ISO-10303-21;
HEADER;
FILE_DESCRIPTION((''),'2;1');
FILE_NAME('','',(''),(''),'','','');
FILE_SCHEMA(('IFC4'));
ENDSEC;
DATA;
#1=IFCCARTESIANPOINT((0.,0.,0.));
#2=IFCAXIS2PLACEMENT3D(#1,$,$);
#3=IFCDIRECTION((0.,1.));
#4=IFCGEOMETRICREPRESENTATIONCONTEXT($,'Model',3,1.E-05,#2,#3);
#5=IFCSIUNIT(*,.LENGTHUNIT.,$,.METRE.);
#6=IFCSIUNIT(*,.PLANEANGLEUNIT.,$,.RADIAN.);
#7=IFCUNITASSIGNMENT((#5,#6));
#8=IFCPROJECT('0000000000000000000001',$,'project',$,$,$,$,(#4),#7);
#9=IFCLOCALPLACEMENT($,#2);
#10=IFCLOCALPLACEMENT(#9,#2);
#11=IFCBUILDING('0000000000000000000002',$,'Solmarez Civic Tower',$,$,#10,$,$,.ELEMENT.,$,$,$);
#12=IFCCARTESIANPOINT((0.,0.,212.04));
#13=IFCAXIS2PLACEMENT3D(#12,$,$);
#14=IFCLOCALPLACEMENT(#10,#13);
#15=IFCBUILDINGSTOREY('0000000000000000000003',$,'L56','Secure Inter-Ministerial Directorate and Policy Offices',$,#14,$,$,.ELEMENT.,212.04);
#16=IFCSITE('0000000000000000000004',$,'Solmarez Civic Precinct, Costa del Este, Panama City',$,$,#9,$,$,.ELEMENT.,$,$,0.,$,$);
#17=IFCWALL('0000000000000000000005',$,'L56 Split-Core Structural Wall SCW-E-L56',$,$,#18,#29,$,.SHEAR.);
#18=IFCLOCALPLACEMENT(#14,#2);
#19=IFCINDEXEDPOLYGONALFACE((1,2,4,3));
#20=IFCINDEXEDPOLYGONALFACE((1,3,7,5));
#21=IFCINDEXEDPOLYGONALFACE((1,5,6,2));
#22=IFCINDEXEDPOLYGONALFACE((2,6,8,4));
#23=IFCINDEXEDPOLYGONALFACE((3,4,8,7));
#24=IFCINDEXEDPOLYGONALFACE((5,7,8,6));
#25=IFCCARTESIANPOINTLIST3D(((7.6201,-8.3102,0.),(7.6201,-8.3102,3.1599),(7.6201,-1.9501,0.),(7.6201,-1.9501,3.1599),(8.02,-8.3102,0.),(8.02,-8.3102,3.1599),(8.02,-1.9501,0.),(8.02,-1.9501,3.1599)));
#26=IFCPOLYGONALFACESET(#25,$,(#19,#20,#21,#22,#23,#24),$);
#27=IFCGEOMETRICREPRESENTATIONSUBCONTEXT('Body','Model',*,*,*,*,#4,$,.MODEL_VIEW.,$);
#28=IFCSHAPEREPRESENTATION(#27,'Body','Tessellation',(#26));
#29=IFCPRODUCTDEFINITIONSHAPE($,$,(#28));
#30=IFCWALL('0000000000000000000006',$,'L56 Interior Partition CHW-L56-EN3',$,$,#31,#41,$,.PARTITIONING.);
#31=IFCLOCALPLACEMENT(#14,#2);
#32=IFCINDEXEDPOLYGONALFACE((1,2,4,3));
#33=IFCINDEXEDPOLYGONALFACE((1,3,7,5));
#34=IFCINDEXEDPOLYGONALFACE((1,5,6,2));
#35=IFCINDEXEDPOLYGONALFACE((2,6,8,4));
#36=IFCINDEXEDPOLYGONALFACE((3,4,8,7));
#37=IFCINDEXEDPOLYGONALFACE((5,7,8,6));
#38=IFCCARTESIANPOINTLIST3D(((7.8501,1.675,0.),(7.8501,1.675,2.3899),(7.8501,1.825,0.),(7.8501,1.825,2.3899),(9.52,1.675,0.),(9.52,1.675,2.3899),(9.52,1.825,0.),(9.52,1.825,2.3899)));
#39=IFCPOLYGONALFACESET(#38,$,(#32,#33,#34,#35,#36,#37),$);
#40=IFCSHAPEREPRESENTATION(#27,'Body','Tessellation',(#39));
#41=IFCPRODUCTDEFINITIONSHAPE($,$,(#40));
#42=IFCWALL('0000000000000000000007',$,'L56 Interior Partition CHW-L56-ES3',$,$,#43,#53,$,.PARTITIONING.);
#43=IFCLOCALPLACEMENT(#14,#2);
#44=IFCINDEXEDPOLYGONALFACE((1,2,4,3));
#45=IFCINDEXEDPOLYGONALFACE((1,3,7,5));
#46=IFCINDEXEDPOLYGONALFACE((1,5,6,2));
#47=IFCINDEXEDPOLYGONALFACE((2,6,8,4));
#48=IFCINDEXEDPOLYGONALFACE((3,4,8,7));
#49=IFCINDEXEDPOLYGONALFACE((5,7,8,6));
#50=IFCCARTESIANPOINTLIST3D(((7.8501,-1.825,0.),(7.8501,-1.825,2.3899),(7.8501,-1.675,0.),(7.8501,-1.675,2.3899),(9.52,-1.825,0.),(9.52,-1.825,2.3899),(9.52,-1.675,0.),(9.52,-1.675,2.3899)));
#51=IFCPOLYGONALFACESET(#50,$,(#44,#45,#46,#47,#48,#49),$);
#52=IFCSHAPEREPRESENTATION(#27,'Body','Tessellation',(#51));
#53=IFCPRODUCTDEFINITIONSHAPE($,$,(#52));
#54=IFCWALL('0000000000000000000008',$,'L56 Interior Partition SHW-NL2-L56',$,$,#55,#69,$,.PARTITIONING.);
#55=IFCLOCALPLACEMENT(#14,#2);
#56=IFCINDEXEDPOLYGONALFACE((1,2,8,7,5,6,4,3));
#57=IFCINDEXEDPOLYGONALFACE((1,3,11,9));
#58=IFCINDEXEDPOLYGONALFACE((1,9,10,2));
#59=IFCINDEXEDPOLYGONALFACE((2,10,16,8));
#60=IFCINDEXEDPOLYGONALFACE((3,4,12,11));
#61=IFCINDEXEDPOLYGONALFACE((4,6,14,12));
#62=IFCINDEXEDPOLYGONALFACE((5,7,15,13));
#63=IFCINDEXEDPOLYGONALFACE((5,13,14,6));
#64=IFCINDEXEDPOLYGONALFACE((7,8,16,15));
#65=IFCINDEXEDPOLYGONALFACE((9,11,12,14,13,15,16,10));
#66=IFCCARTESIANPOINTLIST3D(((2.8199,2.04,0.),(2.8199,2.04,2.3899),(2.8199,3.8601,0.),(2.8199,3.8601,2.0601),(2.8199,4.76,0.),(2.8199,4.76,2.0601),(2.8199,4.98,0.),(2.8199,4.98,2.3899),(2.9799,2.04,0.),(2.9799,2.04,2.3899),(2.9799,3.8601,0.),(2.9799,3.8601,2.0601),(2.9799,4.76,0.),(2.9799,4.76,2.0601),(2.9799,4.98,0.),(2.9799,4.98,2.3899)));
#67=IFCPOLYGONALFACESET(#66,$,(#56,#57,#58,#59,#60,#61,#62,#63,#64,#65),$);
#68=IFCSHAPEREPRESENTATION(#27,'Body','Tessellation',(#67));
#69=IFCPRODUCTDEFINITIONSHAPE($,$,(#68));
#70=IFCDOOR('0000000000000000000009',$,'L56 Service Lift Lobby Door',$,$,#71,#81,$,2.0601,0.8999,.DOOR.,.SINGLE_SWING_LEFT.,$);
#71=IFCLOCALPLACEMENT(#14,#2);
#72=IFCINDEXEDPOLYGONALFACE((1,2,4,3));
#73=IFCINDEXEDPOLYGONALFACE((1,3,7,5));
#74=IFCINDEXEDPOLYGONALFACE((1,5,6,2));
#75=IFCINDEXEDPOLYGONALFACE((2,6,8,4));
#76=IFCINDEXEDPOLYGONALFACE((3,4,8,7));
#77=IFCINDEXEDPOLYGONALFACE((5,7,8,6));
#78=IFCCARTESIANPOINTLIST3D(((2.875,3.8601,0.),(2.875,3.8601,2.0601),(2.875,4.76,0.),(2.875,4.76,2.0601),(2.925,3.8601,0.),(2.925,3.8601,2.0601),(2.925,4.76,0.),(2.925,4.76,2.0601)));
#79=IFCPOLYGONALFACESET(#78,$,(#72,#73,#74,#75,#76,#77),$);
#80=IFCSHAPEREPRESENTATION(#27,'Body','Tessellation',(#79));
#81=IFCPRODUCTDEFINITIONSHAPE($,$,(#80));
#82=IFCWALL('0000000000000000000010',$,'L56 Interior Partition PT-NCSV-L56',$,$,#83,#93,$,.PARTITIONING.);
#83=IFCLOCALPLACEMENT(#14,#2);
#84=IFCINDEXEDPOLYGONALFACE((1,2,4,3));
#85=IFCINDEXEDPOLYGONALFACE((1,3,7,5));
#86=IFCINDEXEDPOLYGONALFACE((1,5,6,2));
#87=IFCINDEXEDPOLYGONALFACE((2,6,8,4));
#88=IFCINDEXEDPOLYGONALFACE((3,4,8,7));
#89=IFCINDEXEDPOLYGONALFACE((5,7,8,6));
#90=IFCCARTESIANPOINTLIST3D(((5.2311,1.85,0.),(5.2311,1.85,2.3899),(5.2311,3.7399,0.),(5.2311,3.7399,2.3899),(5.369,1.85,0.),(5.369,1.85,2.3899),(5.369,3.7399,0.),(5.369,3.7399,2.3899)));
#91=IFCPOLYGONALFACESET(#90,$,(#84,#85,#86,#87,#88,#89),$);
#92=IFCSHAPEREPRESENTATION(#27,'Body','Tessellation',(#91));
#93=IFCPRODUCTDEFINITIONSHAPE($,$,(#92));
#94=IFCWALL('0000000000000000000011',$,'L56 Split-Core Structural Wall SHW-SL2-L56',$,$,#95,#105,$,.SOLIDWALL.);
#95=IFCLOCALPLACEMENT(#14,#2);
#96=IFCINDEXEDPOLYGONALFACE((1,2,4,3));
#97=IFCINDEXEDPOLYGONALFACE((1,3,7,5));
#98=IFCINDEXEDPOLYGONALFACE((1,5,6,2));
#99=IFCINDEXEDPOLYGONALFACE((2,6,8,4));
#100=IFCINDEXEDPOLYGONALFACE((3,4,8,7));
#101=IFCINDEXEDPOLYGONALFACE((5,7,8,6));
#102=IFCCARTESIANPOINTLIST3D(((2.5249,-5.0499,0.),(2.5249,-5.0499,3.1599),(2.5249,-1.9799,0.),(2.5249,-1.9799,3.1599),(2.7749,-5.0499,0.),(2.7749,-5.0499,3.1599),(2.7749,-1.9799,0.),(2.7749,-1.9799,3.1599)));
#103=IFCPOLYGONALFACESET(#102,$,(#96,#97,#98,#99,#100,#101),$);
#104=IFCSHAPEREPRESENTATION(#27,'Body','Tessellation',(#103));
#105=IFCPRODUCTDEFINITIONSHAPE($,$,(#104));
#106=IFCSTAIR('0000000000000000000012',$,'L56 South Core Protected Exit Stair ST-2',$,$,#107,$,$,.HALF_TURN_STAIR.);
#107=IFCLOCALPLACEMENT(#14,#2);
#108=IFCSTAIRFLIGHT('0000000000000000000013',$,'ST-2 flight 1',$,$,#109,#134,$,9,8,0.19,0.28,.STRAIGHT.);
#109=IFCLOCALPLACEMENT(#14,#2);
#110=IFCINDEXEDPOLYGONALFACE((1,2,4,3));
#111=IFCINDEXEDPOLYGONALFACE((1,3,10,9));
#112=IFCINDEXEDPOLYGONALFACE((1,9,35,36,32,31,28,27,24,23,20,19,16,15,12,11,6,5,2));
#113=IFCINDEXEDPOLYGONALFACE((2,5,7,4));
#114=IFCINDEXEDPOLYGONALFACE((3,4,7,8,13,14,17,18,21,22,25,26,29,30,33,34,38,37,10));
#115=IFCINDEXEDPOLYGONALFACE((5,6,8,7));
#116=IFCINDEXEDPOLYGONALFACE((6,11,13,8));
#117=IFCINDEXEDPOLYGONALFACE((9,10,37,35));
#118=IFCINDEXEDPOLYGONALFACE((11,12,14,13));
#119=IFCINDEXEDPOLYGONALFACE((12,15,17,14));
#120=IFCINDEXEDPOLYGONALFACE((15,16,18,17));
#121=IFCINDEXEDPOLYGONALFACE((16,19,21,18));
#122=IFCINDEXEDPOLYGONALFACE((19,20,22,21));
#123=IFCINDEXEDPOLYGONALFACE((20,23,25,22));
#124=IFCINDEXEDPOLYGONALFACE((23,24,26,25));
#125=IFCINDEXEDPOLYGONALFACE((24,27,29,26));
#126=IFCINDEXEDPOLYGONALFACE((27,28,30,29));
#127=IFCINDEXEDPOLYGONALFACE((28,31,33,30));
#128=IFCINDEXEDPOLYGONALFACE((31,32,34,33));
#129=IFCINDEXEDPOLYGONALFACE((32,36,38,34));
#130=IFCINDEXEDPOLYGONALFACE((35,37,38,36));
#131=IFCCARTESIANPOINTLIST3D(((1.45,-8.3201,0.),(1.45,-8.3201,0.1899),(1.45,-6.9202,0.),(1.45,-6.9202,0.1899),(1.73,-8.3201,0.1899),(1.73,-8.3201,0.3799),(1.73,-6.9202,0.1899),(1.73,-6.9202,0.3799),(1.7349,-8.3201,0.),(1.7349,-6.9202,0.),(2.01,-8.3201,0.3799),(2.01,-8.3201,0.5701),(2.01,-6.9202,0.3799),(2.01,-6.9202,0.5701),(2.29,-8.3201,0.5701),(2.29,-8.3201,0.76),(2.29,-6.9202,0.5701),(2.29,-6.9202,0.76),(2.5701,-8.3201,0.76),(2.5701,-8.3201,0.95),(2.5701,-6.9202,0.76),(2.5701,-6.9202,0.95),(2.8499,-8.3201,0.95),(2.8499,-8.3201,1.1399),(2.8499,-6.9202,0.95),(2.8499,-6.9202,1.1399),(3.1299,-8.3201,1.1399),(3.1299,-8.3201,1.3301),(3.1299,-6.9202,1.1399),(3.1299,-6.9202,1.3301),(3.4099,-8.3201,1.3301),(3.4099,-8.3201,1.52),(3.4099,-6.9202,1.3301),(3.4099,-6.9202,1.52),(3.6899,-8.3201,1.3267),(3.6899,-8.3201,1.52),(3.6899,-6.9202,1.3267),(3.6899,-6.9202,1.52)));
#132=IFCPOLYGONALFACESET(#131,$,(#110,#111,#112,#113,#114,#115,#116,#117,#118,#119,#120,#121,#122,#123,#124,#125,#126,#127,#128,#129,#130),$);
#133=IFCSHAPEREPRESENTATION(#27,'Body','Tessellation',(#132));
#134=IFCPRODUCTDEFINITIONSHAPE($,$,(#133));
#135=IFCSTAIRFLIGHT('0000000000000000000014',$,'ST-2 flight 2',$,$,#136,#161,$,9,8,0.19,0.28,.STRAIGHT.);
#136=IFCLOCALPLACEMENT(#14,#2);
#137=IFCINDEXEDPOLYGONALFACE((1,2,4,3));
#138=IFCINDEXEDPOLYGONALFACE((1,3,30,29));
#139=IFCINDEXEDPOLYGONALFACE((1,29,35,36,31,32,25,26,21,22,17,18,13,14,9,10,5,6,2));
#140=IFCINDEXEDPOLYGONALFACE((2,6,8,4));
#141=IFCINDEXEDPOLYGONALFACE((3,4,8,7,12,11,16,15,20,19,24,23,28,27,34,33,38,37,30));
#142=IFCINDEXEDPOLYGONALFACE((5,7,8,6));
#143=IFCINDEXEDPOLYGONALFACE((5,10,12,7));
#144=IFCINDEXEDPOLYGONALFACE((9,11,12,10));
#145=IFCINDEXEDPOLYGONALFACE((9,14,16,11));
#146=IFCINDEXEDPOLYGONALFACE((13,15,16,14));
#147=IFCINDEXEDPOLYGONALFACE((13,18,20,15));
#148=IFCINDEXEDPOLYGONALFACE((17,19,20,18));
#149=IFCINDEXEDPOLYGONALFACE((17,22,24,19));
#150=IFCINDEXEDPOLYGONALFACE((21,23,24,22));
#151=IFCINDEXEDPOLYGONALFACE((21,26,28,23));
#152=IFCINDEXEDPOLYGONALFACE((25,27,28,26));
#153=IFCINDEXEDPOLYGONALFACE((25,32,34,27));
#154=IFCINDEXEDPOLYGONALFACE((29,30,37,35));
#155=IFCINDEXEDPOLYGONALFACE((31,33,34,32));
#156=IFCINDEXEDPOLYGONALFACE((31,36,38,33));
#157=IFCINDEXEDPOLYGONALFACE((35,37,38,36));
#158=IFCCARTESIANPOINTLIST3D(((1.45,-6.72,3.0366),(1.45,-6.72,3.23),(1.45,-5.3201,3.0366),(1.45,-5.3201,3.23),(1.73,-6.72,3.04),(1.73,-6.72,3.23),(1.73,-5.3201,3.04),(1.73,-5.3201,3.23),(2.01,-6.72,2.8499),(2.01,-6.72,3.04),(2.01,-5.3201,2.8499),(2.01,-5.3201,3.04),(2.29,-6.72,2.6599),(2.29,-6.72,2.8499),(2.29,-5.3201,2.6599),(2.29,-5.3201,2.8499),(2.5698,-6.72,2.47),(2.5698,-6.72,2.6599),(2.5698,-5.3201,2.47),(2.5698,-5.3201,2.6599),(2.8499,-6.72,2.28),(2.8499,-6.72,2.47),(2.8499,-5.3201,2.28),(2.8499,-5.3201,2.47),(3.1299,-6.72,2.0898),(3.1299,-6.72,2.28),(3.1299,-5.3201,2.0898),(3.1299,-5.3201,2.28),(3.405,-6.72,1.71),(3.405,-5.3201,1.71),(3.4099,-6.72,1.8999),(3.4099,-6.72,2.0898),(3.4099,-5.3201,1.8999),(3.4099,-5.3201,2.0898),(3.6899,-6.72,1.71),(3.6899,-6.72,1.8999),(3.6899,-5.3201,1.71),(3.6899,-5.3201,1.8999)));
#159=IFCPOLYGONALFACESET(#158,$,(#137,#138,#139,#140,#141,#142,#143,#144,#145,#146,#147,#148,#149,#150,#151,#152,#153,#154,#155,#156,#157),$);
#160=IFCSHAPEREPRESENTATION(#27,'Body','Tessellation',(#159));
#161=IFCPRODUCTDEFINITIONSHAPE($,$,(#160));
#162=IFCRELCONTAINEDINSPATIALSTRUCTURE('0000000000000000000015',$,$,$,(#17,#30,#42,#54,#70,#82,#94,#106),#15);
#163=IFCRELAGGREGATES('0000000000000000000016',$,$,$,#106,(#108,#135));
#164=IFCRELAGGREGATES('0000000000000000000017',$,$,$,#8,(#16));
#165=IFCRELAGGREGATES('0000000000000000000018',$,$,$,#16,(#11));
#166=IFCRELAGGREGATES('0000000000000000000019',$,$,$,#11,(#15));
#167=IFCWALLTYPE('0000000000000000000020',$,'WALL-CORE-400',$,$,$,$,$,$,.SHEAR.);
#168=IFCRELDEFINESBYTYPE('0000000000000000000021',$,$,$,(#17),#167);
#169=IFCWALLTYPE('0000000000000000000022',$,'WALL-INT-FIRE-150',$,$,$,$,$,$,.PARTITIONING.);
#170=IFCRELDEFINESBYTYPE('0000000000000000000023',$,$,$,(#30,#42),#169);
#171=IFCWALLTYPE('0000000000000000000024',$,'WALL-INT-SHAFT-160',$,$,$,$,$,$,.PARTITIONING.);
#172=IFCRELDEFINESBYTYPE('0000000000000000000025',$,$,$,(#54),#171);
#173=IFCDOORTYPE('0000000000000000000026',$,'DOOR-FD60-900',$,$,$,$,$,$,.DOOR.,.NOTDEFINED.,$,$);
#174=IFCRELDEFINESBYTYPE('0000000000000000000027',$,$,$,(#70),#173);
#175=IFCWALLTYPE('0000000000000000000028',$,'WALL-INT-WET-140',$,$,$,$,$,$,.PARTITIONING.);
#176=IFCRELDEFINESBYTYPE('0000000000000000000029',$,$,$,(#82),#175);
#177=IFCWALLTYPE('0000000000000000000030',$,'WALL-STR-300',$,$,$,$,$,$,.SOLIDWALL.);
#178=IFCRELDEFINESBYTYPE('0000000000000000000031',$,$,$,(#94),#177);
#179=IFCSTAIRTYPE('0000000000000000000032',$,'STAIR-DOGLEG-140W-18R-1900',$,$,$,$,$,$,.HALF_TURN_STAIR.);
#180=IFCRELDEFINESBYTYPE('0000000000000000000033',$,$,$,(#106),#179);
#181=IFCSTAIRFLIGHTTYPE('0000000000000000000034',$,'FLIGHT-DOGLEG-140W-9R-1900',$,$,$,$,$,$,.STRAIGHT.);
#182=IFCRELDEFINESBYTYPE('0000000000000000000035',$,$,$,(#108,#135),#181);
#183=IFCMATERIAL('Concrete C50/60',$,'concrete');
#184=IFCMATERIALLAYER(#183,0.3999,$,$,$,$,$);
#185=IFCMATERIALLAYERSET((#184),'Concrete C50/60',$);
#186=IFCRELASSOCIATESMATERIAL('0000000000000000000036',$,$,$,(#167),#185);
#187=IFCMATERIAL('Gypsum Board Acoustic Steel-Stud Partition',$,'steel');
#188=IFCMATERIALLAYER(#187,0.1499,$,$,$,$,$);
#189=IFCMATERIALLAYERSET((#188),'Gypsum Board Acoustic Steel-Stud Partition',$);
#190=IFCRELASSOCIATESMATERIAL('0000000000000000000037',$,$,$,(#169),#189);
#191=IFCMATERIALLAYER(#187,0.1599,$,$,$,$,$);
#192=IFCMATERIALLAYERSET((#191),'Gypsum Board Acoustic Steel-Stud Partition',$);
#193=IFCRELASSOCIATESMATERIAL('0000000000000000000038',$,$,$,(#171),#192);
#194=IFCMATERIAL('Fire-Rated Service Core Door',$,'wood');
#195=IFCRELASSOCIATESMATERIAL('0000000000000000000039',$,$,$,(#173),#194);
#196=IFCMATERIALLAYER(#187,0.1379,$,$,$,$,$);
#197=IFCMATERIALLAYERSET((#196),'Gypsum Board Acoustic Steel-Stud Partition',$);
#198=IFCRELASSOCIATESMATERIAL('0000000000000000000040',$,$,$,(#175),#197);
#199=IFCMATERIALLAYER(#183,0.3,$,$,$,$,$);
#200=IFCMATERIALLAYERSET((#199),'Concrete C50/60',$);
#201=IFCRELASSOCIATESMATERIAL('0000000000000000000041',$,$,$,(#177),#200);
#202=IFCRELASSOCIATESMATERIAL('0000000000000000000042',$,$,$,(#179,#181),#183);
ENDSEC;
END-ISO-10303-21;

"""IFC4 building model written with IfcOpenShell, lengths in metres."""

from ifc_helpers import new_model, si_unit, direction, frame, frame_2d, origin, place, context, subcontext, project, spatial, polyline, rectangle, outline, extrude, material, layer, layer_set, type_object, element, fill, aggregate, save


model = new_model("IFC4")

# Units and contexts
model_context = context("Model", 3, precision=1e-05, world=origin(), true_north=direction((0.0, 1.0)))
body_context = subcontext(model_context, "Body", "Model", "MODEL_VIEW")
ifc_project = project(units=[si_unit("LENGTHUNIT", "METRE"), si_unit("PLANEANGLEUNIT", "RADIAN")], contexts=[model_context])

# Site, building, storey
site_placement = place(None, origin())
site = spatial("IfcSite", under=ifc_project, at=site_placement, Name="Solmarez Civic Precinct, Costa del Este, Panama City", CompositionType="ELEMENT", RefElevation=0.0)
building_placement = place(site_placement, origin())
building = spatial("IfcBuilding", under=site, at=building_placement, Name="Solmarez Civic Tower", CompositionType="ELEMENT")
storey_placement = place(building_placement, frame((0.0, 0.0, 212.04)))
storey = spatial("IfcBuildingStorey", under=building, at=storey_placement, Name="L56", Description="Secure Inter-Ministerial Directorate and Policy Offices", CompositionType="ELEMENT", Elevation=212.04)

# Walls
ifc_material_1 = material(Name="Concrete C50/60", Category="concrete")
ifc_layer_1 = layer(ifc_material_1, 0.3999)
ifc_layer_set_1 = layer_set([ifc_layer_1], Name="Concrete C50/60")
wall_type_1 = type_object("IfcWallType", Name="WALL-CORE-400", PredefinedType="SHEAR", material=ifc_layer_set_1)
wall_1_placement = place(storey_placement, frame((7.8201, -1.95, 0.0), z_axis=(0.0, 0.0, 1.0), x_axis=(0.0, -1.0, 0.0)))
element("IfcWall", 1, at=wall_1_placement, inside=storey, type_object=wall_type_1, Name="L56 Split-Core Structural Wall SCW-E-L56", PredefinedType="SHEAR", context=body_context, shape_type="SweptSolid", body=[
    extrude(rectangle(XDim=6.3601, YDim=0.3999, at=frame_2d((3.1802, 0.0))), origin(), (0.0, 0.0, 1.0), 3.1599),
])
ifc_material_2 = material(Name="Gypsum Board Acoustic Steel-Stud Partition", Category="steel")
ifc_layer_2 = layer(ifc_material_2, 0.1499)
ifc_layer_set_2 = layer_set([ifc_layer_2], Name="Gypsum Board Acoustic Steel-Stud Partition")
wall_type_2 = type_object("IfcWallType", Name="WALL-INT-FIRE-150", PredefinedType="PARTITIONING", material=ifc_layer_set_2)
for number, where, z_axis, x_axis, name in (
    (2, (7.8501, 1.75, 0.0), (0.0, 0.0, 1.0), (1.0, 0.0, 0.0), "L56 Interior Partition CHW-L56-EN3"),
    (3, (7.8501, -1.75, 0.0), (0.0, 0.0, 1.0), (1.0, 0.0, 0.0), "L56 Interior Partition CHW-L56-ES3"),
):
    element("IfcWall", number, at=place(storey_placement, frame(where, z_axis=z_axis, x_axis=x_axis)), inside=storey, type_object=wall_type_2, Name=name, PredefinedType="PARTITIONING", context=body_context, shape_type="SweptSolid", body=[
        extrude(rectangle(XDim=1.6699, YDim=0.1499, at=frame_2d((0.835, 0.0))), origin(), (0.0, 0.0, 1.0), 2.3899),
    ])

# Wall, opening, door
ifc_layer_3 = layer(ifc_material_2, 0.1599)
ifc_layer_set_3 = layer_set([ifc_layer_3], Name="Gypsum Board Acoustic Steel-Stud Partition")
wall_type_3 = type_object("IfcWallType", Name="WALL-INT-SHAFT-160", PredefinedType="PARTITIONING", material=ifc_layer_set_3)
wall_2_placement = place(storey_placement, frame((2.8999, 2.04, 0.0), z_axis=(0.0, 0.0, 1.0), x_axis=(0.0, 1.0, 0.0)))
wall_2 = element("IfcWall", 4, at=wall_2_placement, inside=storey, type_object=wall_type_3, Name="L56 Interior Partition SHW-NL2-L56", PredefinedType="PARTITIONING", context=body_context, shape_type="SweptSolid", body=[
    extrude(rectangle(XDim=2.9399, YDim=0.1599, at=frame_2d((1.47, 0.0))), origin(), (0.0, 0.0, 1.0), 2.3899),
])
opening_placement = place(wall_2_placement, frame((1.8201, 0.0, 0.0)))
opening = element("IfcOpeningElement", 5, at=opening_placement, cuts=wall_2, PredefinedType="OPENING", context=body_context, shape_type="SweptSolid", body=[
    extrude(rectangle(XDim=0.8999, YDim=2.0601, at=frame_2d((0.45, 1.03))), frame((0.0, 0.0898, 0.0), z_axis=(0.0, -1.0, 0.0), x_axis=(1.0, 0.0, 0.0)), (0.0, 0.0, 1.0), 0.1799),
])
ifc_material_3 = material(Name="Fire-Rated Service Core Door", Category="wood")
door_type = type_object("IfcDoorType", Name="DOOR-FD60-900", OperationType="NOTDEFINED", PredefinedType="DOOR", material=ifc_material_3)
door_placement = place(opening_placement, origin())
door = element("IfcDoor", 6, at=door_placement, inside=storey, type_object=door_type, Name="L56 Service Lift Lobby Door", OperationType="SINGLE_SWING_LEFT", OverallHeight=2.0601, OverallWidth=0.8999, PredefinedType="DOOR", context=body_context, shape_type="SweptSolid", body=[
    extrude(rectangle(XDim=0.8999, YDim=2.0601, at=frame_2d((0.45, 1.03))), frame((0.0, 0.0249, 0.0), z_axis=(0.0, -1.0, 0.0), x_axis=(1.0, 0.0, 0.0)), (0.0, 0.0, 1.0), 0.05),
])
fill(opening, door)

# Walls
ifc_layer_4 = layer(ifc_material_2, 0.1379)
ifc_layer_set_4 = layer_set([ifc_layer_4], Name="Gypsum Board Acoustic Steel-Stud Partition")
wall_type_4 = type_object("IfcWallType", Name="WALL-INT-WET-140", PredefinedType="PARTITIONING", material=ifc_layer_set_4)
wall_3_placement = place(storey_placement, frame((5.3, 1.8501, 0.0), z_axis=(0.0, 0.0, 1.0), x_axis=(0.0, 1.0, 0.0)))
element("IfcWall", 7, at=wall_3_placement, inside=storey, type_object=wall_type_4, Name="L56 Interior Partition PT-NCSV-L56", PredefinedType="PARTITIONING", context=body_context, shape_type="SweptSolid", body=[
    extrude(rectangle(XDim=1.8899, YDim=0.1379, at=frame_2d((0.9448, 0.0))), origin(), (0.0, 0.0, 1.0), 2.3899),
])
ifc_layer_5 = layer(ifc_material_1, 0.3)
ifc_layer_set_5 = layer_set([ifc_layer_5], Name="Concrete C50/60")
wall_type_5 = type_object("IfcWallType", Name="WALL-STR-300", PredefinedType="SOLIDWALL", material=ifc_layer_set_5)
wall_4_placement = place(storey_placement, frame((2.6499, -5.05, 0.0), z_axis=(0.0, 0.0, 1.0), x_axis=(0.0, 1.0, 0.0)))
element("IfcWall", 8, at=wall_4_placement, inside=storey, type_object=wall_type_5, Name="L56 Split-Core Structural Wall SHW-SL2-L56", PredefinedType="SOLIDWALL", context=body_context, shape_type="SweptSolid", body=[
    extrude(rectangle(XDim=3.0701, YDim=0.25, at=frame_2d((1.5352, 0.0))), origin(), (0.0, 0.0, 1.0), 3.1599),
])

# Stair, stair flights
stair_type = type_object("IfcStairType", Name="STAIR-DOGLEG-140W-18R-1900", PredefinedType="HALF_TURN_STAIR", material=ifc_material_1)
stair_placement = place(storey_placement, origin())
stair = element("IfcStair", 9, at=stair_placement, inside=storey, type_object=stair_type, Name="L56 South Core Protected Exit Stair ST-2", PredefinedType="HALF_TURN_STAIR")
stair_flight_type = type_object("IfcStairFlightType", Name="FLIGHT-DOGLEG-140W-9R-1900", PredefinedType="STRAIGHT", material=ifc_material_1)
stair_flight_1_placement = place(storey_placement, frame((1.45, -7.6201, 0.0), z_axis=(0.0, 0.0, 1.0), x_axis=(1.0, 0.0, 0.0)))
stair_flight_1 = element("IfcStairFlight", 10, at=stair_flight_1_placement, type_object=stair_flight_type, Name="ST-2 flight 1", NumberOfRisers=9, NumberOfTreads=8, PredefinedType="STRAIGHT", RiserHeight=0.19, TreadLength=0.28, context=body_context, shape_type="SweptSolid", body=[
    extrude(outline(polyline([(0.0, 0.0), (0.0, 0.1899), (0.28, 0.1899), (0.28, 0.3799), (0.5601, 0.3799), (0.5601, 0.5701), (0.8401, 0.5701), (0.8401, 0.76), (1.1201, 0.76), (1.1201, 0.95), (1.3999, 0.95), (1.3999, 1.1399), (1.6799, 1.1399), (1.6799, 1.3301), (1.96, 1.3301), (1.96, 1.52), (2.24, 1.52), (2.24, 1.71), (2.24, 1.3267), (0.2849, 0.0), (0.0, 0.0)])), frame((0.0, 0.7, 0.0), z_axis=(0.0, -1.0, 0.0), x_axis=(1.0, 0.0, 0.0)), (0.0, 0.0, 1.0), 1.3999),
])
stair_flight_2_placement = place(storey_placement, frame((3.6899, -6.02, 1.71), z_axis=(0.0, 0.0, 1.0), x_axis=(-1.0, 0.0, 0.0)))
stair_flight_2 = element("IfcStairFlight", 11, at=stair_flight_2_placement, type_object=stair_flight_type, Name="ST-2 flight 2", NumberOfRisers=9, NumberOfTreads=8, PredefinedType="STRAIGHT", RiserHeight=0.19, TreadLength=0.28, context=body_context, shape_type="SweptSolid", body=[
    extrude(outline(polyline([(0.0, 0.0), (0.0, 0.1899), (0.28, 0.1899), (0.28, 0.3799), (0.5601, 0.3799), (0.5601, 0.5701), (0.8401, 0.5701), (0.8401, 0.76), (1.1201, 0.76), (1.1201, 0.95), (1.3999, 0.95), (1.3999, 1.1399), (1.6799, 1.1399), (1.6799, 1.3301), (1.96, 1.3301), (1.96, 1.52), (2.24, 1.52), (2.24, 1.71), (2.24, 1.3267), (0.2849, 0.0), (0.0, 0.0)])), frame((0.0, 0.7, 0.0), z_axis=(0.0, -1.0, 0.0), x_axis=(1.0, 0.0, 0.0)), (0.0, 0.0, 1.0), 1.3999),
])
aggregate(stair, [stair_flight_1, stair_flight_2])

save(model, "model.ifc")
